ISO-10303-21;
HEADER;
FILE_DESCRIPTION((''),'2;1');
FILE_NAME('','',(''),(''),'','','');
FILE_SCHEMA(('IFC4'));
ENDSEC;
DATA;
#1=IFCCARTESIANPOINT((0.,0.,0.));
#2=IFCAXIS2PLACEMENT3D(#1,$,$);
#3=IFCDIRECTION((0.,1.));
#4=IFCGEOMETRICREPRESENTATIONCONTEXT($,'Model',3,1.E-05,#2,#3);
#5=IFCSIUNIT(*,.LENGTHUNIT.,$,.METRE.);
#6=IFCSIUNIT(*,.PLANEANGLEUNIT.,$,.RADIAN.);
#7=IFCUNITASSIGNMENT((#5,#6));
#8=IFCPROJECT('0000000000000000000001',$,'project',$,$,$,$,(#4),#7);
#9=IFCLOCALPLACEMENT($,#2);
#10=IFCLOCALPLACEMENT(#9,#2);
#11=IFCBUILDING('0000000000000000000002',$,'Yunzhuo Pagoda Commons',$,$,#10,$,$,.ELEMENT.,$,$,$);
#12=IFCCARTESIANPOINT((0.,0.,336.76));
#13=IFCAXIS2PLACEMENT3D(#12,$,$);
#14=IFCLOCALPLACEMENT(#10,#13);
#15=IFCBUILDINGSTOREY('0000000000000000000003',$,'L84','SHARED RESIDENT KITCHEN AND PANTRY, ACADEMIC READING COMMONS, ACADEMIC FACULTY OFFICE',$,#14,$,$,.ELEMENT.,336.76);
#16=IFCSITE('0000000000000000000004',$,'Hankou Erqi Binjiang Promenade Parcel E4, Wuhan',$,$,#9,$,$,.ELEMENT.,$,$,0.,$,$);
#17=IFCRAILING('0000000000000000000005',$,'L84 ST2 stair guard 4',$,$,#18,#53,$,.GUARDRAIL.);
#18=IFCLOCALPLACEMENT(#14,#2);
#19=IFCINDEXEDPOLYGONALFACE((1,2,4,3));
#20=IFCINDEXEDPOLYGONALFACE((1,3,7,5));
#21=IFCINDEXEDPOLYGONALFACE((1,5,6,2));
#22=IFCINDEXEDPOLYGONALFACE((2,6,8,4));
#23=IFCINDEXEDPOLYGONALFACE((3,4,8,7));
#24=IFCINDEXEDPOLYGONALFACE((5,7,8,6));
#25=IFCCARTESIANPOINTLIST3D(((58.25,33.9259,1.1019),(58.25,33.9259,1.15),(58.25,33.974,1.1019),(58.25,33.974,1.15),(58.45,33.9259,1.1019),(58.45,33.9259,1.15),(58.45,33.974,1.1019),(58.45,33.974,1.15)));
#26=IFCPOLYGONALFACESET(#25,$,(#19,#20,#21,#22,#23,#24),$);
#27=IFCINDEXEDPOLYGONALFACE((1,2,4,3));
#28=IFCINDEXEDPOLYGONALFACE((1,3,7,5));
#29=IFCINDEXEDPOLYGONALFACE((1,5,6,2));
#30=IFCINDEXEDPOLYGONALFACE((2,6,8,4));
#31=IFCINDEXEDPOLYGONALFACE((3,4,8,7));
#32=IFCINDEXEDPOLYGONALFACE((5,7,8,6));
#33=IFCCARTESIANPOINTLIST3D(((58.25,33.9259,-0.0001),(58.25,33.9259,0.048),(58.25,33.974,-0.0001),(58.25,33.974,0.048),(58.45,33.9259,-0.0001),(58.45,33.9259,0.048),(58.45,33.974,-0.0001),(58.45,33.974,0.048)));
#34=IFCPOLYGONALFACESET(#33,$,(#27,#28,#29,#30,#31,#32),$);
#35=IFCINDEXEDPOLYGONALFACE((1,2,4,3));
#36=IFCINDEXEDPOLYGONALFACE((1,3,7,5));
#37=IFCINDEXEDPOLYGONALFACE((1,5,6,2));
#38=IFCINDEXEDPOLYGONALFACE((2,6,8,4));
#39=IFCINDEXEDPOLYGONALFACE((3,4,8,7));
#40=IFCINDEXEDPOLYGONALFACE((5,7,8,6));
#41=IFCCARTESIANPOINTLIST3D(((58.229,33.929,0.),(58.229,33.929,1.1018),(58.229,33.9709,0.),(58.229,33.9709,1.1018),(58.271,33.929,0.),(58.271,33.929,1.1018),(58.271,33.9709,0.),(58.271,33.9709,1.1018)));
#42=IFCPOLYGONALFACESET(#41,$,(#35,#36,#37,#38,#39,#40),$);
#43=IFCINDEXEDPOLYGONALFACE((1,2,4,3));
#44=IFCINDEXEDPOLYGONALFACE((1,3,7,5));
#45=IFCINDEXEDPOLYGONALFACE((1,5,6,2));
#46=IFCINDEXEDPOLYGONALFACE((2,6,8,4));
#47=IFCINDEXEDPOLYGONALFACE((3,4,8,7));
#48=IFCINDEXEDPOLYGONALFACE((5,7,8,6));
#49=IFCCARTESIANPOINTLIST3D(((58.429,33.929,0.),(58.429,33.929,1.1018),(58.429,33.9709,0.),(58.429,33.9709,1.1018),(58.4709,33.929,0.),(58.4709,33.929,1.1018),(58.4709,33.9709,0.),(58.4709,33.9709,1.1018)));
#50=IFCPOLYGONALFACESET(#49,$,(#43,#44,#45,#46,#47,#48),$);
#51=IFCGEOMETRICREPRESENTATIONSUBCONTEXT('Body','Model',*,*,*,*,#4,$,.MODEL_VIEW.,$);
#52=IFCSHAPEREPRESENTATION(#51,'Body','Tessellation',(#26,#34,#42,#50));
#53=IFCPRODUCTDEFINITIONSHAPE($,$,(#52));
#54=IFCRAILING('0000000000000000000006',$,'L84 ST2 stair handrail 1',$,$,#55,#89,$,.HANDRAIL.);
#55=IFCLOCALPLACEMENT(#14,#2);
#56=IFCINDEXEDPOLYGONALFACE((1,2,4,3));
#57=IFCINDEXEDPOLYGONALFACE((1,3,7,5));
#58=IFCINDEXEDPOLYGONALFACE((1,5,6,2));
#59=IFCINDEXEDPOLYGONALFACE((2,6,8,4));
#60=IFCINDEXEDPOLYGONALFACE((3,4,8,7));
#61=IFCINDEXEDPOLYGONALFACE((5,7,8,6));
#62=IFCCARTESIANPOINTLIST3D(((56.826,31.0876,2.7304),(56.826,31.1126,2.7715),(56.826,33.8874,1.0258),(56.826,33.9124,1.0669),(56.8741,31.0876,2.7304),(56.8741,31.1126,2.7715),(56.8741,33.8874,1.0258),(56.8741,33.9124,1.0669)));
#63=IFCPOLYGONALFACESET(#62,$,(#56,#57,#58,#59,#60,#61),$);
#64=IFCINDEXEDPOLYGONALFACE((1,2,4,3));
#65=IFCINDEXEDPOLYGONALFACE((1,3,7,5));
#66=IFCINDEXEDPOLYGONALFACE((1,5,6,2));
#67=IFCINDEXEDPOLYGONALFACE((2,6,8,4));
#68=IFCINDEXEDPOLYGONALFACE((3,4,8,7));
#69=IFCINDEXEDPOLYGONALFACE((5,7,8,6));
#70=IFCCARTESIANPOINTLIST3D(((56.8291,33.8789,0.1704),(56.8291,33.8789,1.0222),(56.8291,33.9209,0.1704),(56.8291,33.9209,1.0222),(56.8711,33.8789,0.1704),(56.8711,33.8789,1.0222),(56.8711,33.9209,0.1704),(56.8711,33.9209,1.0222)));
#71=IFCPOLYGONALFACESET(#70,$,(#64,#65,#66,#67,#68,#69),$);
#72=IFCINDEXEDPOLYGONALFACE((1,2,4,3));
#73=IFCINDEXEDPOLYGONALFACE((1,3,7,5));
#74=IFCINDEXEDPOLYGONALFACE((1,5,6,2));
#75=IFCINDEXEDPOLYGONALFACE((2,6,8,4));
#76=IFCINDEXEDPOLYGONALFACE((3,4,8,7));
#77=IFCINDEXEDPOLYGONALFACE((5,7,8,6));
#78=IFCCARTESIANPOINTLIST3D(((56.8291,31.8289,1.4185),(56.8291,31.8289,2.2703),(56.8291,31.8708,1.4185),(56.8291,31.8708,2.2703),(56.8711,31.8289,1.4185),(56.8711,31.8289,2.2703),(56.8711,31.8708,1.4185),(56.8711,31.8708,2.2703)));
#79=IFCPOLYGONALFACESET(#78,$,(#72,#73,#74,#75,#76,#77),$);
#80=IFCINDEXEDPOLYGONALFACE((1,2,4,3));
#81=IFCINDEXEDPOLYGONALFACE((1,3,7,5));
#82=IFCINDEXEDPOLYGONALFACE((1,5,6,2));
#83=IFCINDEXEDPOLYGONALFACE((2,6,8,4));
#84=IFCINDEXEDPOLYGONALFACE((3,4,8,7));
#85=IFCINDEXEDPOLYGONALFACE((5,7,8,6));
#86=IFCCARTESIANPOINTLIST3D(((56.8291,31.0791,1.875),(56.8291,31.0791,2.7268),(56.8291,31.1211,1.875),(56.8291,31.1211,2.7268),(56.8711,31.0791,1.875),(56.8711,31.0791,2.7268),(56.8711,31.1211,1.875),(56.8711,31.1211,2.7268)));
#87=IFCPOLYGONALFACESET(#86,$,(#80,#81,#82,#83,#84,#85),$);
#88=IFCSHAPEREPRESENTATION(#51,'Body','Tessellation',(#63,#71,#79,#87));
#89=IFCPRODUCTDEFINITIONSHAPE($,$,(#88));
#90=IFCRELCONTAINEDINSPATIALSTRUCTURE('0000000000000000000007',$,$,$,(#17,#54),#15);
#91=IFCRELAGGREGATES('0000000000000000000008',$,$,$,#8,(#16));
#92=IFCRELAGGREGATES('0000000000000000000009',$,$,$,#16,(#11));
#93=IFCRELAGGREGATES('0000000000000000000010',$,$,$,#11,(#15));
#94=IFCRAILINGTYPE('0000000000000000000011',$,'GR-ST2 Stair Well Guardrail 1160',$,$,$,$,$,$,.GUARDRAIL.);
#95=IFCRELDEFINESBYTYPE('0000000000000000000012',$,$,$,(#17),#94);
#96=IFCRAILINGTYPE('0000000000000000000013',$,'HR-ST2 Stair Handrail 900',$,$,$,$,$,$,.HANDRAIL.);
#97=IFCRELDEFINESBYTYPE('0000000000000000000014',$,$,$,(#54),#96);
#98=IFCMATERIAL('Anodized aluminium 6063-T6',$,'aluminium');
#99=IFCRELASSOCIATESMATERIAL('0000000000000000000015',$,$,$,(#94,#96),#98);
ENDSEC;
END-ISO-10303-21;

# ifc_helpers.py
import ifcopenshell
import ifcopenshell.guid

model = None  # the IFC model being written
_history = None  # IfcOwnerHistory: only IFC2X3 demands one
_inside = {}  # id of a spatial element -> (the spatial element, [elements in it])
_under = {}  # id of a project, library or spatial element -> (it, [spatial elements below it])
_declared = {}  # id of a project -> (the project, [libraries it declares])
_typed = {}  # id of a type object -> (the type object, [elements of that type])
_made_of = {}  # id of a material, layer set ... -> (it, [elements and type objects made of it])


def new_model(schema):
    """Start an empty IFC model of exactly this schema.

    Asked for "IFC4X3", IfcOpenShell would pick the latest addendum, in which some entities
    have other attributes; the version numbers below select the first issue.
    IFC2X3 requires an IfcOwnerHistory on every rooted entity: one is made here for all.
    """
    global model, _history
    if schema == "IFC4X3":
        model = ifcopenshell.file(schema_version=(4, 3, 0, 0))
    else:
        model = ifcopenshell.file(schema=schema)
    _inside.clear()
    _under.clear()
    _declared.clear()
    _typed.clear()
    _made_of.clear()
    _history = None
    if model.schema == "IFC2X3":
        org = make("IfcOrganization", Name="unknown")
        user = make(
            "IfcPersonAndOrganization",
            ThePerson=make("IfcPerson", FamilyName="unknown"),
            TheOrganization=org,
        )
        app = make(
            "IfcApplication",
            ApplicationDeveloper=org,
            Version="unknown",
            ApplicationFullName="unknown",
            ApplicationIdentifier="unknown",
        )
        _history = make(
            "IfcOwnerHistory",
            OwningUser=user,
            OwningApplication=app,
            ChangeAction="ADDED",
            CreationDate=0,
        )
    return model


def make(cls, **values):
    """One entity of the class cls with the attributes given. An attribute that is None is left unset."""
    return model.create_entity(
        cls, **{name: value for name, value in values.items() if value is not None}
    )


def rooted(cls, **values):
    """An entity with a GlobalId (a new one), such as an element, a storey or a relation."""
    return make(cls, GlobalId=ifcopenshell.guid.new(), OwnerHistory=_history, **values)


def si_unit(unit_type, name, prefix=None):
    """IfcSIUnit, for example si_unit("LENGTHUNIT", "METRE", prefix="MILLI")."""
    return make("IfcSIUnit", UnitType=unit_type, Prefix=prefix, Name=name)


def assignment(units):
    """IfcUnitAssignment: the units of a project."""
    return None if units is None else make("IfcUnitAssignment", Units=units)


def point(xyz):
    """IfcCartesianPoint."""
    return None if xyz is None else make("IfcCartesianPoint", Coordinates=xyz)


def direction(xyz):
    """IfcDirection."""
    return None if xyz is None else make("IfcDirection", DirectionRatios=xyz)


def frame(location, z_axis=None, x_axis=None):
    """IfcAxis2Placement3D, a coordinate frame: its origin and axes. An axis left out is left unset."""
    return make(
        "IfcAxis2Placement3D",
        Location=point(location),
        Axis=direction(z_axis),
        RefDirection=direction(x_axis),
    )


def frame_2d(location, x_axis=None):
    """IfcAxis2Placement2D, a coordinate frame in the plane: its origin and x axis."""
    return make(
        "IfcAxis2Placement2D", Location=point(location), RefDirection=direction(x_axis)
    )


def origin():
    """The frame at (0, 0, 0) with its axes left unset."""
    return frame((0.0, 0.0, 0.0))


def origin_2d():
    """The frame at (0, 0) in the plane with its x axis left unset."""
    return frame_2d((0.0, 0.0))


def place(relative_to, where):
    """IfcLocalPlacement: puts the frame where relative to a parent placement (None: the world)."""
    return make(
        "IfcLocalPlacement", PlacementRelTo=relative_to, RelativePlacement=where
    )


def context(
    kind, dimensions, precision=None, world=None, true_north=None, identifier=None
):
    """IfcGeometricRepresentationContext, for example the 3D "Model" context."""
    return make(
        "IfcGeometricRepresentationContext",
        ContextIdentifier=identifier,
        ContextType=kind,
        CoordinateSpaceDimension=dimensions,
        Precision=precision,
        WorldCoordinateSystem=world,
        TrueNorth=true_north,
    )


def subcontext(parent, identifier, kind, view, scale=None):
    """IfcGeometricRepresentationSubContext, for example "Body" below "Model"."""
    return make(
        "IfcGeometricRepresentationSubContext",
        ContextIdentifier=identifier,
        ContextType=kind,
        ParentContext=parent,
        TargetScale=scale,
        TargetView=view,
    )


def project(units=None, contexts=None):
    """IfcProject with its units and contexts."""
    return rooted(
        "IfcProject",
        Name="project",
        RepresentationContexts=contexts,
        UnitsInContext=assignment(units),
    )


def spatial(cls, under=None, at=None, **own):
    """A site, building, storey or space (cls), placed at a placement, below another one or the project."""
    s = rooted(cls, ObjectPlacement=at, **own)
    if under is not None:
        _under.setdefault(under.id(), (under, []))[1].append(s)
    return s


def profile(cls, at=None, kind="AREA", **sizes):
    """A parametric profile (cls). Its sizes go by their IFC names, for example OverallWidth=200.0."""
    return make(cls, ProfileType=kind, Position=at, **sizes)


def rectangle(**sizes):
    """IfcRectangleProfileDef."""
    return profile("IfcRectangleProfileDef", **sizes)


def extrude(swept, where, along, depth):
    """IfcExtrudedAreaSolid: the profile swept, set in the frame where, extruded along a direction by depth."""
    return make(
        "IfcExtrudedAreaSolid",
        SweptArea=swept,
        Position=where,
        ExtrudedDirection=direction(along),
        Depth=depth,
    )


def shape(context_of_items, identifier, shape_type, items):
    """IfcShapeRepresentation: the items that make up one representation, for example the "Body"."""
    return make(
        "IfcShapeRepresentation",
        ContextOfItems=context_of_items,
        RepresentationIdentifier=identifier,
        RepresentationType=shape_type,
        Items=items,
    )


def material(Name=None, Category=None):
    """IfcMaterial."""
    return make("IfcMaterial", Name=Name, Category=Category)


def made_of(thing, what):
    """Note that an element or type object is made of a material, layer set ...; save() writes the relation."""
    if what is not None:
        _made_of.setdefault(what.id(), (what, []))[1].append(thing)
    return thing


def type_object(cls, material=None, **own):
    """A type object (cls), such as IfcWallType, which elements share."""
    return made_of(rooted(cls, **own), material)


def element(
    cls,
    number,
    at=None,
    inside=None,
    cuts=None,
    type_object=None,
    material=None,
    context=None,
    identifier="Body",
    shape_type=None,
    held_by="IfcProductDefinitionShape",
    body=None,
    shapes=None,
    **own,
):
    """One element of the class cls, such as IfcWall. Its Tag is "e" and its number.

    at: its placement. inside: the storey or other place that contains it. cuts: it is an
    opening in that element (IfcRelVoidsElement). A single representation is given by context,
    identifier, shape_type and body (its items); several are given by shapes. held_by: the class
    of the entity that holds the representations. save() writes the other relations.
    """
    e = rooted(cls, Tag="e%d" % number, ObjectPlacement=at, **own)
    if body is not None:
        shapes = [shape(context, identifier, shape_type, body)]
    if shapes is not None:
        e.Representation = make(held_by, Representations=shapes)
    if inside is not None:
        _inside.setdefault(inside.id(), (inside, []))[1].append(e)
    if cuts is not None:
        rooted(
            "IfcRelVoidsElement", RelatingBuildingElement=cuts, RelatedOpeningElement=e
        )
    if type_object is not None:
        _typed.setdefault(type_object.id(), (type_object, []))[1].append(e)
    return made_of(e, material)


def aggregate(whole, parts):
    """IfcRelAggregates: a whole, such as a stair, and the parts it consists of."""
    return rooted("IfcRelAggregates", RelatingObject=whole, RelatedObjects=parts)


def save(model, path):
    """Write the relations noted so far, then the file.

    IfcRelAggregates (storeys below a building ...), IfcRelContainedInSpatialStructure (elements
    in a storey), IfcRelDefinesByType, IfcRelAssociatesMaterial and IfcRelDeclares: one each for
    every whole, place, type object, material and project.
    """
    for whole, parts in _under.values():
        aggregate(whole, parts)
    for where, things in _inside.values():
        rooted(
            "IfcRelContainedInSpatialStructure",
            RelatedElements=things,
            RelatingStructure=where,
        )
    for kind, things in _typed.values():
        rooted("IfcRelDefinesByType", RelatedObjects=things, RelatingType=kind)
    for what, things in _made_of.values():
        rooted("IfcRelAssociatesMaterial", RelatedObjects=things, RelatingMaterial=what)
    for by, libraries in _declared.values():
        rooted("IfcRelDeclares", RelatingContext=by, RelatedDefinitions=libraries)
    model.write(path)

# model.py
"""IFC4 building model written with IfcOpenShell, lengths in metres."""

from ifc_helpers import new_model, si_unit, direction, frame, origin, origin_2d, place, context, subcontext, project, spatial, rectangle, extrude, material, type_object, element, save


model = new_model("IFC4")

# Units and contexts
model_context = context("Model", 3, precision=1e-05, world=origin(), true_north=direction((0.0, 1.0)))
body_context = subcontext(model_context, "Body", "Model", "MODEL_VIEW")
ifc_project = project(units=[si_unit("LENGTHUNIT", "METRE"), si_unit("PLANEANGLEUNIT", "RADIAN")], contexts=[model_context])

# Site, building, storey
site_placement = place(None, origin())
site = spatial("IfcSite", under=ifc_project, at=site_placement, Name="Hankou Erqi Binjiang Promenade Parcel E4, Wuhan", CompositionType="ELEMENT", RefElevation=0.0)
building_placement = place(site_placement, origin())
building = spatial("IfcBuilding", under=site, at=building_placement, Name="Yunzhuo Pagoda Commons", CompositionType="ELEMENT")
storey_placement = place(building_placement, frame((0.0, 0.0, 336.76)))
storey = spatial("IfcBuildingStorey", under=building, at=storey_placement, Name="L84", Description="SHARED RESIDENT KITCHEN AND PANTRY, ACADEMIC READING COMMONS, ACADEMIC FACULTY OFFICE", CompositionType="ELEMENT", Elevation=336.76)

# Railings
ifc_material_1 = material(Name="Anodized aluminium 6063-T6", Category="aluminium")
railing_type_1 = type_object("IfcRailingType", Name="GR-ST2 Stair Well Guardrail 1160", PredefinedType="GUARDRAIL", material=ifc_material_1)
railing_1_placement = place(storey_placement, frame((58.25, 33.95, 0.0)))
element("IfcRailing", 1, at=railing_1_placement, inside=storey, type_object=railing_type_1, Name="L84 ST2 stair guard 4", PredefinedType="GUARDRAIL", context=body_context, shape_type="SweptSolid", body=[
    extrude(rectangle(XDim=0.0481, YDim=0.0481, at=origin_2d()), frame((0.0, 0.0, 1.126), z_axis=(1.0, 0.0, 0.0), x_axis=(0.0, 1.0, 0.0)), (0.0, 0.0, 1.0), 0.2),
    extrude(rectangle(XDim=0.0481, YDim=0.0481, at=origin_2d()), frame((0.0, 0.0, 0.0239), z_axis=(1.0, 0.0, 0.0), x_axis=(0.0, 1.0, 0.0)), (0.0, 0.0, 1.0), 0.2),
    extrude(rectangle(XDim=0.042, YDim=0.042, at=origin_2d()), origin(), (0.0, 0.0, 1.0), 1.1018),
    extrude(rectangle(XDim=0.042, YDim=0.042, at=origin_2d()), frame((0.2, 0.0, 0.0)), (0.0, 0.0, 1.0), 1.1018),
])
railing_type_2 = type_object("IfcRailingType", Name="HR-ST2 Stair Handrail 900", PredefinedType="HANDRAIL", material=ifc_material_1)
railing_2_placement = place(storey_placement, frame((56.8501, 33.8999, 0.1704)))
element("IfcRailing", 2, at=railing_2_placement, inside=storey, type_object=railing_type_2, Name="L84 ST2 stair handrail 1", PredefinedType="HANDRAIL", context=body_context, shape_type="SweptSolid", body=[
    extrude(rectangle(XDim=0.0481, YDim=0.0481, at=origin_2d()), frame((0.0, 0.0, 0.876), z_axis=(0.0, -0.85415, 0.520027), x_axis=(1.0, 0.0, 0.0)), (0.0, 0.0, 1.0), 3.2778),
    extrude(rectangle(XDim=0.042, YDim=0.042, at=origin_2d()), origin(), (0.0, 0.0, 1.0), 0.8518),
    extrude(rectangle(XDim=0.042, YDim=0.042, at=origin_2d()), frame((0.0, -2.05, 1.248)), (0.0, 0.0, 1.0), 0.8518),
    extrude(rectangle(XDim=0.042, YDim=0.042, at=origin_2d()), frame((0.0, -2.7998, 1.7046)), (0.0, 0.0, 1.0), 0.8518),
])

save(model, "model.ifc")
